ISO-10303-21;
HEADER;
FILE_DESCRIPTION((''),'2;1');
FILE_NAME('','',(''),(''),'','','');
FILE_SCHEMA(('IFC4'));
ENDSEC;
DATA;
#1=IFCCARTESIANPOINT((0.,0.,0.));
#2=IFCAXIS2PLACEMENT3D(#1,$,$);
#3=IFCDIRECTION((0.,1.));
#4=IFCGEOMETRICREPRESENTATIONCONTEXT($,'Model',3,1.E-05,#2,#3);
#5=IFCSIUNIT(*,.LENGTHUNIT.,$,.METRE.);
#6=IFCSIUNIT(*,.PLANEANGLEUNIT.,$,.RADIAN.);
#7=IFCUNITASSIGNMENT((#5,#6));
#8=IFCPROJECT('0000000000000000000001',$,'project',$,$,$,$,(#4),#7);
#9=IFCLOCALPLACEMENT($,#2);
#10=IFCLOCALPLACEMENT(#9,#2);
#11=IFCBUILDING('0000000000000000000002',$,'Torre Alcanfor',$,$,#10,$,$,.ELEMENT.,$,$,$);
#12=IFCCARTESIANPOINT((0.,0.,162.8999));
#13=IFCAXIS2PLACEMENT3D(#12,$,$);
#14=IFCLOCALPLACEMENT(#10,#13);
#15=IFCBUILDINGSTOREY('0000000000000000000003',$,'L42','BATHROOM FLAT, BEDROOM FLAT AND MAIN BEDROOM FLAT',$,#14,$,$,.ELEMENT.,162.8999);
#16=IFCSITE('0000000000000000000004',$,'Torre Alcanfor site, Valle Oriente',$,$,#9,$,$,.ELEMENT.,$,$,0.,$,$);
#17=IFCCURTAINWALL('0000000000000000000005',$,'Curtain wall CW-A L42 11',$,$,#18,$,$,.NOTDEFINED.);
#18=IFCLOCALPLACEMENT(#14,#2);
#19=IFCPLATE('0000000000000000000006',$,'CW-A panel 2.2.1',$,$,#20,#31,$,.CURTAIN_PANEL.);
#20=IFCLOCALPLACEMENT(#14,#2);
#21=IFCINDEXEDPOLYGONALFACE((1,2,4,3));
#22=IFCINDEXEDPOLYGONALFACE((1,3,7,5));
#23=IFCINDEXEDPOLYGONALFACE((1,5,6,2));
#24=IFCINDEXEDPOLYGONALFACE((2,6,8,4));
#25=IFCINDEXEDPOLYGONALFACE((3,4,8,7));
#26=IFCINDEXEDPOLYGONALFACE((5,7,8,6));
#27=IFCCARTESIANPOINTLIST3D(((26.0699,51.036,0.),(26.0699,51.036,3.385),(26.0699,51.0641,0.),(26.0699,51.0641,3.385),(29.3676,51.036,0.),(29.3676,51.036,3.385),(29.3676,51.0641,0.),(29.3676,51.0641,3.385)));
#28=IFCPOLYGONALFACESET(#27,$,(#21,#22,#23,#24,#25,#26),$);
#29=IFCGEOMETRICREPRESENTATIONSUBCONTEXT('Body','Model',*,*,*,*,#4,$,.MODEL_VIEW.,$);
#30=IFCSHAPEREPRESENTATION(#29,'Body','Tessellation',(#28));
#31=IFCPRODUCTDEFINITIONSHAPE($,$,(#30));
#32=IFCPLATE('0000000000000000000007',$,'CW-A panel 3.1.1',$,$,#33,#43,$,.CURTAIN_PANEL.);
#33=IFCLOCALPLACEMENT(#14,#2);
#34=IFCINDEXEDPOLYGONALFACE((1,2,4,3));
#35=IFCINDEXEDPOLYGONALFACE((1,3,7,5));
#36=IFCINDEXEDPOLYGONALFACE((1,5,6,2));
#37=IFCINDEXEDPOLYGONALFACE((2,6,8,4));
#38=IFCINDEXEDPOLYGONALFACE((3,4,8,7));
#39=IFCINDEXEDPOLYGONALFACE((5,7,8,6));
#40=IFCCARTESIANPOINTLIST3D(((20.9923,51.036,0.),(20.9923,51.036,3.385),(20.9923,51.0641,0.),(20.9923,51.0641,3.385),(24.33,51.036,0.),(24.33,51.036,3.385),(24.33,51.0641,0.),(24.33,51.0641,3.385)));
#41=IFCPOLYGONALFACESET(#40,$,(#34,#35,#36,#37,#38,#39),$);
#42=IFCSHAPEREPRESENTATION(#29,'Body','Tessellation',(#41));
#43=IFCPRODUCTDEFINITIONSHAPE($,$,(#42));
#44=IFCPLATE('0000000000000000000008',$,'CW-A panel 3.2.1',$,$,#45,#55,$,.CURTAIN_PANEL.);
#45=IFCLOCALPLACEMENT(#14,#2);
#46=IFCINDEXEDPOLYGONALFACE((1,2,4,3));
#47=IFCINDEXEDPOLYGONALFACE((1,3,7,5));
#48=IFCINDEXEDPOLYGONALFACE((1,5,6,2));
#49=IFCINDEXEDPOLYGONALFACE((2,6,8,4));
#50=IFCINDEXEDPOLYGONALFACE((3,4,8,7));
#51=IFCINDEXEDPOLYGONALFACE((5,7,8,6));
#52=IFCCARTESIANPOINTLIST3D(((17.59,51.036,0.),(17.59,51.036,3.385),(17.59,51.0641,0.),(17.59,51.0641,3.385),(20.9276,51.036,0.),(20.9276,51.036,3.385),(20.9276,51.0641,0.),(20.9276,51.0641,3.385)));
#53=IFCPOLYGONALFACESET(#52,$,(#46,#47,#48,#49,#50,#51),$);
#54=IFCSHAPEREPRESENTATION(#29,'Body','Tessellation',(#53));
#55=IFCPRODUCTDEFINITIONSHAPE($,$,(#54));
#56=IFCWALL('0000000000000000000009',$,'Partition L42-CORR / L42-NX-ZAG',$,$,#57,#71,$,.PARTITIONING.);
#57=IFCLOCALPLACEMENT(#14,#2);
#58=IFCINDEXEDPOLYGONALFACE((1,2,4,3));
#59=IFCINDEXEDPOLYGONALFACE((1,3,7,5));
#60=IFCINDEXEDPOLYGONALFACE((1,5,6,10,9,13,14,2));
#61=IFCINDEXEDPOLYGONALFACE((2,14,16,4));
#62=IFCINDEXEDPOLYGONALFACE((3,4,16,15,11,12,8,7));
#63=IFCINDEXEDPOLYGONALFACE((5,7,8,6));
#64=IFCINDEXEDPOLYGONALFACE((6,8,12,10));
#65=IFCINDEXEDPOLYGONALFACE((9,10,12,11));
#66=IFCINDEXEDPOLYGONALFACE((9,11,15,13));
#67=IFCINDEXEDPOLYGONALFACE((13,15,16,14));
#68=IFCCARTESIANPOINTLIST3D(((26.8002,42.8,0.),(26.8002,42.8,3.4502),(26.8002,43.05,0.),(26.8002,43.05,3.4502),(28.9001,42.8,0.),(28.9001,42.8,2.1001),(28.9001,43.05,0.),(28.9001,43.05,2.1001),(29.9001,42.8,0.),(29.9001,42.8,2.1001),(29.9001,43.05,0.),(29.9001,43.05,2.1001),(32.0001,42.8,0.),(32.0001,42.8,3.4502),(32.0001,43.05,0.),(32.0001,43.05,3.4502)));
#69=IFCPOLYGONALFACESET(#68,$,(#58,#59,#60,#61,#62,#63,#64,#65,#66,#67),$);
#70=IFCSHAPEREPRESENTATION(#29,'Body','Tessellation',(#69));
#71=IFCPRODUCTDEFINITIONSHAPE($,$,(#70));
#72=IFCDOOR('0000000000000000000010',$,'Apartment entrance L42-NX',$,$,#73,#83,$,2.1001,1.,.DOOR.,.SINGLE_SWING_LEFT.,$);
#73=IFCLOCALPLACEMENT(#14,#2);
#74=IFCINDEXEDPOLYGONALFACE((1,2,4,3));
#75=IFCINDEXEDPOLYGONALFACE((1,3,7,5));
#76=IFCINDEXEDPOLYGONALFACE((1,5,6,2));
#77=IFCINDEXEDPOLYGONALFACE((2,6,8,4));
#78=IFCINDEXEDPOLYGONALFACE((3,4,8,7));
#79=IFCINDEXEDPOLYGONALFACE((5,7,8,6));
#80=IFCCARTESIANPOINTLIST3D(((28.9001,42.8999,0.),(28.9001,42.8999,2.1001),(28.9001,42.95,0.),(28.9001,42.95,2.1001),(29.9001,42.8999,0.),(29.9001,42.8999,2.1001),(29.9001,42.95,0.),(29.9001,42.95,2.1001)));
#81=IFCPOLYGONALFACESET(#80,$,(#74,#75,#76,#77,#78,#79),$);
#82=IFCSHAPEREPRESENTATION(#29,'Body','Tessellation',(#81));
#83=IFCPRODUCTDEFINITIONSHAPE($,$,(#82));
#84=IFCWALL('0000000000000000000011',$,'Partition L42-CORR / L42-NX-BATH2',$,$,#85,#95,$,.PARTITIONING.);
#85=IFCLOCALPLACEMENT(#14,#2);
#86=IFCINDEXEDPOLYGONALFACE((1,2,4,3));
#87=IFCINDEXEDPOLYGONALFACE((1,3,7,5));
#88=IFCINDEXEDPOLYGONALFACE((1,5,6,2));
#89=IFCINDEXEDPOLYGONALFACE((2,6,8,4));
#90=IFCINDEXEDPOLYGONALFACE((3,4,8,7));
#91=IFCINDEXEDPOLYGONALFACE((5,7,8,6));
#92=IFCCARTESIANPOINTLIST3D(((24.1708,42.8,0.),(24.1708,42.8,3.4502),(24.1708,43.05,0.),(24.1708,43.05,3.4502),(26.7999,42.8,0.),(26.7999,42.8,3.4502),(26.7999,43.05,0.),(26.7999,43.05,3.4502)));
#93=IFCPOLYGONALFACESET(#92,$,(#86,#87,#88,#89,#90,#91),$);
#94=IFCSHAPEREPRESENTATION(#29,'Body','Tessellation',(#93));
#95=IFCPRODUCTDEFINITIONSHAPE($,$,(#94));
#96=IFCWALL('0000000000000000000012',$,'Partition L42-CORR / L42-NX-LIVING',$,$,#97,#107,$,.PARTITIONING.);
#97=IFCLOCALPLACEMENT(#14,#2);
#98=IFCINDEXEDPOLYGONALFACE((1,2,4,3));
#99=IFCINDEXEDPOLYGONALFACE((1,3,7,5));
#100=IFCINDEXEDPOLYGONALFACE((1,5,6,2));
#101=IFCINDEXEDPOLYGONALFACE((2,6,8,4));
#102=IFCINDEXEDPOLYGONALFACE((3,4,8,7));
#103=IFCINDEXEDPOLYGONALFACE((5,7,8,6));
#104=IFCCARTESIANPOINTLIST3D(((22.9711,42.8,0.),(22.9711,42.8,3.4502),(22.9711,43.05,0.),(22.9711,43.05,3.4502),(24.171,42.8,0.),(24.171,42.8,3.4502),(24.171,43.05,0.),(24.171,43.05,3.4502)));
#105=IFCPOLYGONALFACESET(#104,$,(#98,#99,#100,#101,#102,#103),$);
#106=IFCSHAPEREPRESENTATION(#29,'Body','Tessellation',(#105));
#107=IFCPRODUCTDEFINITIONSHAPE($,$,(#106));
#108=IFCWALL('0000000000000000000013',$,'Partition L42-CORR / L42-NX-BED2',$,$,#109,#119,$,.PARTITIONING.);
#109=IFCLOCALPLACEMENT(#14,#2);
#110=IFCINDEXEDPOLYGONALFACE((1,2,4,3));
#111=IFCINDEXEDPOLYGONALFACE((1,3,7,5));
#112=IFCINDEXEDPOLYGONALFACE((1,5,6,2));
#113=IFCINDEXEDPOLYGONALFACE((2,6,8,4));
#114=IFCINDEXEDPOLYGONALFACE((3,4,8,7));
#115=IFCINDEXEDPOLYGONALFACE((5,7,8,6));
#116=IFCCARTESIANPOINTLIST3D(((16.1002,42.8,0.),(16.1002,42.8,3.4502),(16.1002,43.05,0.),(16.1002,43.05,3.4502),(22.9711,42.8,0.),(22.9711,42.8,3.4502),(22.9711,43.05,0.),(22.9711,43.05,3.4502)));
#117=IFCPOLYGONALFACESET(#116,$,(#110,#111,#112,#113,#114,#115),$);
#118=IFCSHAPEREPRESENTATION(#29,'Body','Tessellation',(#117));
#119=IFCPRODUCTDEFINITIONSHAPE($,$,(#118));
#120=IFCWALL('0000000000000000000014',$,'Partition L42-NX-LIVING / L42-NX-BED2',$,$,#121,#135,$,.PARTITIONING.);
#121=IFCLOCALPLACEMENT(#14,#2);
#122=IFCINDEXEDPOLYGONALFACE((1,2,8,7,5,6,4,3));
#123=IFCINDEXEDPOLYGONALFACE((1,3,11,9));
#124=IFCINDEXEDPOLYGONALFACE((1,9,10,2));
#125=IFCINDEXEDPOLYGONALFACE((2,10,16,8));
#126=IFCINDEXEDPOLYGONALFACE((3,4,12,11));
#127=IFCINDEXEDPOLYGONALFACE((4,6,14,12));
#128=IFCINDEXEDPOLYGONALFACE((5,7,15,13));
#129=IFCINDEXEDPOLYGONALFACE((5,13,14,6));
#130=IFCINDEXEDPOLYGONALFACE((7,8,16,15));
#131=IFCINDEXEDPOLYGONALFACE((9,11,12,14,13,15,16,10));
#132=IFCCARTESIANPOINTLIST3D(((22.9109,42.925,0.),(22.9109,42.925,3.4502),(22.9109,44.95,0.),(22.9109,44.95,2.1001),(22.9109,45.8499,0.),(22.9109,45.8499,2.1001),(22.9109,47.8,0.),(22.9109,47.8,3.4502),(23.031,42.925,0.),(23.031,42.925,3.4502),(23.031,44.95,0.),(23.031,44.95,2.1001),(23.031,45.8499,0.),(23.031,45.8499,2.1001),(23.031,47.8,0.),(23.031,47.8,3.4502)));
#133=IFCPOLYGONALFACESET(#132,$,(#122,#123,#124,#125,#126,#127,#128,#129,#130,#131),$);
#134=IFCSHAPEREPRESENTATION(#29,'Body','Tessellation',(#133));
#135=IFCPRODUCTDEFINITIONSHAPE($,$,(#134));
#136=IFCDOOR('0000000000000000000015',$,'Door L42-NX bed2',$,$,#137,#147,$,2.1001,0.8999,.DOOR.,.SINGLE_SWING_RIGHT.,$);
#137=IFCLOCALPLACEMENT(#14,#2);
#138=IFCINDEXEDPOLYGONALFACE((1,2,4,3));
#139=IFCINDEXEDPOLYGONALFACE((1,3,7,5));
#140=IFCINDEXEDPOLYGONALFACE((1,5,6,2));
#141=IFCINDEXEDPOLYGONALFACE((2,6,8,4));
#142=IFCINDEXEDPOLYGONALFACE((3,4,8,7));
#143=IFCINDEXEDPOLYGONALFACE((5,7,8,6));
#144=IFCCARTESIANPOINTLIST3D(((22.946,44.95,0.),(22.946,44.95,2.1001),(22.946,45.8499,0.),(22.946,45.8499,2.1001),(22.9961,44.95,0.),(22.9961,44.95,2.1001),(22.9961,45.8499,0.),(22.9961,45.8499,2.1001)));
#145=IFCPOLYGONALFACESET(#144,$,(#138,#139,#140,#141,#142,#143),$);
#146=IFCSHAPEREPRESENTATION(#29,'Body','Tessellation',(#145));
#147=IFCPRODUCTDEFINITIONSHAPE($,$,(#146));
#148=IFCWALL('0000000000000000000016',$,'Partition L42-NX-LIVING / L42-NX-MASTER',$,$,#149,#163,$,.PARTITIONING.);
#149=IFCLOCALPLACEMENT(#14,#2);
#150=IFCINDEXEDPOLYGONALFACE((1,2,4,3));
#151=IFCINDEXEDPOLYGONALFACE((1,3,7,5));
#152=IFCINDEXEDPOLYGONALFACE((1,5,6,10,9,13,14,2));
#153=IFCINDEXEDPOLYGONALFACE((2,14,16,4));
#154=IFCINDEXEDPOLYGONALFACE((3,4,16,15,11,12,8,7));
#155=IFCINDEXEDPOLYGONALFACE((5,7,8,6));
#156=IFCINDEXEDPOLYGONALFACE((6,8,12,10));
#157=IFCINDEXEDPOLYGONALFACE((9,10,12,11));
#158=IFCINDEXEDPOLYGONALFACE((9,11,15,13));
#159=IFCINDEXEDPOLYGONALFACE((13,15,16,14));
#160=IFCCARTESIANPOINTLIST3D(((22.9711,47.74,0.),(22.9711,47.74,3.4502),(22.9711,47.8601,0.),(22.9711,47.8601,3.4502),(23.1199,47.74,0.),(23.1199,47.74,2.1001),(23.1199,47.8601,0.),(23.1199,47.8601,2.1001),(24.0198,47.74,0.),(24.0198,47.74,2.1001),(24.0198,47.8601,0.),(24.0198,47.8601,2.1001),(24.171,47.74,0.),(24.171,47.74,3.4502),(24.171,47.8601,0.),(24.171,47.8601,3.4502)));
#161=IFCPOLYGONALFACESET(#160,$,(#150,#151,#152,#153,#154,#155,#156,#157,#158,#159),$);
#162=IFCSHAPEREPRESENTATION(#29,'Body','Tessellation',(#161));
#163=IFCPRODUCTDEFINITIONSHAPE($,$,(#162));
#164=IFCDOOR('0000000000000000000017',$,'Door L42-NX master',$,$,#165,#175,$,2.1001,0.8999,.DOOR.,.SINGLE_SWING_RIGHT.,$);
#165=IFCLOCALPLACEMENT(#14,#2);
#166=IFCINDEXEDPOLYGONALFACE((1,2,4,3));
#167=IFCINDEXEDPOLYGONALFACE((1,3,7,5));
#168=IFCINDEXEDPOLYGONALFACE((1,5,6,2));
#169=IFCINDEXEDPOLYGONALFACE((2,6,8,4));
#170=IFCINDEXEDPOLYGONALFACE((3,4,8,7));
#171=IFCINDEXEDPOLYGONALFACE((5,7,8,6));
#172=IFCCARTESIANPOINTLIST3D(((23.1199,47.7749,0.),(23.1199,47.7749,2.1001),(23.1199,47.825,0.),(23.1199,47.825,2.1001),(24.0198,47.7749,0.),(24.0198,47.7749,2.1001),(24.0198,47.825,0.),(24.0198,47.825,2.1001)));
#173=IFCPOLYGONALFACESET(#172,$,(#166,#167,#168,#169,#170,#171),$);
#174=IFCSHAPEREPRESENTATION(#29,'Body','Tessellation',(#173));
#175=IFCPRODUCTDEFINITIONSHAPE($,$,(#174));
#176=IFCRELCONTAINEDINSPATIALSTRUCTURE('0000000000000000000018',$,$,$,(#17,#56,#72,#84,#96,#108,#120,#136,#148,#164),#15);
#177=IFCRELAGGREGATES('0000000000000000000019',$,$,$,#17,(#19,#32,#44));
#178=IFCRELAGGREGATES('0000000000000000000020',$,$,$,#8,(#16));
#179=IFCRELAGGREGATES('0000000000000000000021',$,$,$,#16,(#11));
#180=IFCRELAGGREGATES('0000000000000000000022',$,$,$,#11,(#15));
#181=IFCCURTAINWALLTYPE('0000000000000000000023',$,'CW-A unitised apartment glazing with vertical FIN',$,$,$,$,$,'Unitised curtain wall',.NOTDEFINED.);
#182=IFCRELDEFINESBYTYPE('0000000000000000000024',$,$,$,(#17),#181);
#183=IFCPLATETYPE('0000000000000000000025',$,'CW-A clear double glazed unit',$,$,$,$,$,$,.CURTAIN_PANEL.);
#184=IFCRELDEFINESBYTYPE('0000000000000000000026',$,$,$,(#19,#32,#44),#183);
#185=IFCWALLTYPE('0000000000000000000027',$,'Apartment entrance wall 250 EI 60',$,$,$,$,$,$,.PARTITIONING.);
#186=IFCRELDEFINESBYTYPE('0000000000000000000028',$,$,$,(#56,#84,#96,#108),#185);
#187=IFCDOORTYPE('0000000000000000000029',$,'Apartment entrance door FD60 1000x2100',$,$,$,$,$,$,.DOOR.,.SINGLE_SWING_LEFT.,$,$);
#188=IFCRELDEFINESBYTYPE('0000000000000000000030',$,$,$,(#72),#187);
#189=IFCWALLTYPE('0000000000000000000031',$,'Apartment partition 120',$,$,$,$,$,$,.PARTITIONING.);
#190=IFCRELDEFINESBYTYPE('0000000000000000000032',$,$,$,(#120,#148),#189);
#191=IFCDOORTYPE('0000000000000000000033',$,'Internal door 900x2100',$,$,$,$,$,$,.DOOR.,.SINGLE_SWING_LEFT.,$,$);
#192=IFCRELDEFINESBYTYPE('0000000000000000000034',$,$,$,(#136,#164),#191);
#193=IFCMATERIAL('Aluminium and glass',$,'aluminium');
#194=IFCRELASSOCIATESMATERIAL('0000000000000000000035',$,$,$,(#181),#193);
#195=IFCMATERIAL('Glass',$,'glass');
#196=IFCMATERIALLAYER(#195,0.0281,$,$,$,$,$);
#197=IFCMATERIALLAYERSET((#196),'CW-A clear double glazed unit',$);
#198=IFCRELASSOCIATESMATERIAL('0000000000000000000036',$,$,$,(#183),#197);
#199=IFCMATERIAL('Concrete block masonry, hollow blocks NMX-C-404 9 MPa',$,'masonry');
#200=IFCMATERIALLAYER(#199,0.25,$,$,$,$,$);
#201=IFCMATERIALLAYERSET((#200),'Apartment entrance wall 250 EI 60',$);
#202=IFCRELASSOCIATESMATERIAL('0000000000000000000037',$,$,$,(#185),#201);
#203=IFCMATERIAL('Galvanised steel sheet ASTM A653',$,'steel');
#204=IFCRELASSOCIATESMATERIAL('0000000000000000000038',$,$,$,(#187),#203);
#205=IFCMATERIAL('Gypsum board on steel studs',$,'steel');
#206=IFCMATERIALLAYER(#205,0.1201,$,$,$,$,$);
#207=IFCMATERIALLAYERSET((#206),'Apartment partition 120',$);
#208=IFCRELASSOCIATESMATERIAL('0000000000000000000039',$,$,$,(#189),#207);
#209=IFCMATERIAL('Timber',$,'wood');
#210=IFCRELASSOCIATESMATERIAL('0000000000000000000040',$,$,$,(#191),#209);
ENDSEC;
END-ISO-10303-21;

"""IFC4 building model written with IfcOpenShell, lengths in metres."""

from ifc_helpers import new_model, si_unit, direction, frame, frame_2d, origin, origin_2d, place, context, subcontext, project, spatial, rectangle, extrude, material, layer, layer_set, type_object, element, fill, aggregate, save


model = new_model("IFC4")

# Units and contexts
model_context = context("Model", 3, precision=1e-05, world=origin(), true_north=direction((0.0, 1.0)))
body_context = subcontext(model_context, "Body", "Model", "MODEL_VIEW")
ifc_project = project(units=[si_unit("LENGTHUNIT", "METRE"), si_unit("PLANEANGLEUNIT", "RADIAN")], contexts=[model_context])

# Site, building, storey
site_placement = place(None, origin())
site = spatial("IfcSite", under=ifc_project, at=site_placement, Name="Torre Alcanfor site, Valle Oriente", CompositionType="ELEMENT", RefElevation=0.0)
building_placement = place(site_placement, origin())
building = spatial("IfcBuilding", under=site, at=building_placement, Name="Torre Alcanfor", CompositionType="ELEMENT")
storey_placement = place(building_placement, frame((0.0, 0.0, 162.8999)))
storey = spatial("IfcBuildingStorey", under=building, at=storey_placement, Name="L42", Description="BATHROOM FLAT, BEDROOM FLAT AND MAIN BEDROOM FLAT", CompositionType="ELEMENT", Elevation=162.8999)

# Curtain wall
ifc_material_1 = material(Name="Aluminium and glass", Category="aluminium")
curtain_wall_type = type_object("IfcCurtainWallType", Name="CW-A unitised apartment glazing with vertical FIN", ElementType="Unitised curtain wall", PredefinedType="NOTDEFINED", material=ifc_material_1)
curtain_wall_placement = place(storey_placement, origin())
curtain_wall = element("IfcCurtainWall", 1, at=curtain_wall_placement, inside=storey, type_object=curtain_wall_type, Name="Curtain wall CW-A L42 11", PredefinedType="NOTDEFINED")

# Plates
ifc_material_2 = material(Name="Glass", Category="glass")
ifc_layer_1 = layer(ifc_material_2, 0.0281)
ifc_layer_set_1 = layer_set([ifc_layer_1], Name="CW-A clear double glazed unit")
plate_type = type_object("IfcPlateType", Name="CW-A clear double glazed unit", PredefinedType="CURTAIN_PANEL", material=ifc_layer_set_1)
plate_1_placement = place(storey_placement, frame((27.7188, 51.05, 0.0), z_axis=(0.0, 0.0, 1.0), x_axis=(-1.0, 0.0, 0.0)))
plate_1 = element("IfcPlate", 2, at=plate_1_placement, type_object=plate_type, Name="CW-A panel 2.2.1", PredefinedType="CURTAIN_PANEL", context=body_context, shape_type="SweptSolid", body=[
    extrude(rectangle(XDim=3.2976, YDim=0.0281, at=origin_2d()), origin(), (0.0, 0.0, 1.0), 3.385),
])
plate_2_placement = place(storey_placement, frame((22.6611, 51.05, 0.0), z_axis=(0.0, 0.0, 1.0), x_axis=(-1.0, 0.0, 0.0)))
plate_2 = element("IfcPlate", 3, at=plate_2_placement, type_object=plate_type, Name="CW-A panel 3.1.1", PredefinedType="CURTAIN_PANEL", context=body_context, shape_type="SweptSolid", body=[
    extrude(rectangle(XDim=3.3376, YDim=0.0281, at=origin_2d()), origin(), (0.0, 0.0, 1.0), 3.385),
])
plate_3_placement = place(storey_placement, frame((19.2588, 51.05, 0.0), z_axis=(0.0, 0.0, 1.0), x_axis=(-1.0, 0.0, 0.0)))
plate_3 = element("IfcPlate", 4, at=plate_3_placement, type_object=plate_type, Name="CW-A panel 3.2.1", PredefinedType="CURTAIN_PANEL", context=body_context, shape_type="SweptSolid", body=[
    extrude(rectangle(XDim=3.3376, YDim=0.0281, at=origin_2d()), origin(), (0.0, 0.0, 1.0), 3.385),
])
aggregate(curtain_wall, [plate_1, plate_2, plate_3])

# Wall, opening, door
ifc_material_3 = material(Name="Concrete block masonry, hollow blocks NMX-C-404 9 MPa", Category="masonry")
ifc_layer_2 = layer(ifc_material_3, 0.25)
ifc_layer_set_2 = layer_set([ifc_layer_2], Name="Apartment entrance wall 250 EI 60")
wall_type_1 = type_object("IfcWallType", Name="Apartment entrance wall 250 EI 60", PredefinedType="PARTITIONING", material=ifc_layer_set_2)
wall_1_placement = place(storey_placement, frame((26.8, 42.925, 0.0), z_axis=(0.0, 0.0, 1.0), x_axis=(1.0, 0.0, 0.0)))
wall_1 = element("IfcWall", 5, at=wall_1_placement, inside=storey, type_object=wall_type_1, Name="Partition L42-CORR / L42-NX-ZAG", PredefinedType="PARTITIONING", context=body_context, shape_type="SweptSolid", body=[
    extrude(rectangle(XDim=5.2, YDim=0.25, at=frame_2d((2.6001, 0.0))), origin(), (0.0, 0.0, 1.0), 3.4502),
])
opening_1_placement = place(wall_1_placement, frame((2.1001, 0.0, 0.0)))
opening_1 = element("IfcOpeningElement", 6, at=opening_1_placement, cuts=wall_1, PredefinedType="OPENING", context=body_context, shape_type="SweptSolid", body=[
    extrude(rectangle(XDim=1.0, YDim=2.1001, at=frame_2d((0.5, 1.05))), frame((0.0, 0.135, 0.0), z_axis=(0.0, -1.0, 0.0), x_axis=(1.0, 0.0, 0.0)), (0.0, 0.0, 1.0), 0.27),
])
ifc_material_4 = material(Name="Galvanised steel sheet ASTM A653", Category="steel")
door_type_1 = type_object("IfcDoorType", Name="Apartment entrance door FD60 1000x2100", OperationType="SINGLE_SWING_LEFT", PredefinedType="DOOR", material=ifc_material_4)
door_1_placement = place(opening_1_placement, origin())
door_1 = element("IfcDoor", 7, at=door_1_placement, inside=storey, type_object=door_type_1, Name="Apartment entrance L42-NX", OperationType="SINGLE_SWING_LEFT", OverallHeight=2.1001, OverallWidth=1.0, PredefinedType="DOOR", context=body_context, shape_type="SweptSolid", body=[
    extrude(rectangle(XDim=1.0, YDim=2.1001, at=frame_2d((0.5, 1.05))), frame((0.0, 0.0249, 0.0), z_axis=(0.0, -1.0, 0.0), x_axis=(1.0, 0.0, 0.0)), (0.0, 0.0, 1.0), 0.05),
])
fill(opening_1, door_1)

# Walls
wall_2_placement = place(storey_placement, frame((24.1709, 42.925, 0.0), z_axis=(0.0, 0.0, 1.0), x_axis=(1.0, 0.0, 0.0)))
element("IfcWall", 8, at=wall_2_placement, inside=storey, type_object=wall_type_1, Name="Partition L42-CORR / L42-NX-BATH2", PredefinedType="PARTITIONING", context=body_context, shape_type="SweptSolid", body=[
    extrude(rectangle(XDim=2.6292, YDim=0.25, at=frame_2d((1.3145, 0.0))), origin(), (0.0, 0.0, 1.0), 3.4502),
])
wall_3_placement = place(storey_placement, frame((22.9709, 42.925, 0.0), z_axis=(0.0, 0.0, 1.0), x_axis=(1.0, 0.0, 0.0)))
element("IfcWall", 9, at=wall_3_placement, inside=storey, type_object=wall_type_1, Name="Partition L42-CORR / L42-NX-LIVING", PredefinedType="PARTITIONING", context=body_context, shape_type="SweptSolid", body=[
    extrude(rectangle(XDim=1.2, YDim=0.25, at=frame_2d((0.6001, 0.0))), origin(), (0.0, 0.0, 1.0), 3.4502),
])
wall_4_placement = place(storey_placement, frame((16.1001, 42.925, 0.0), z_axis=(0.0, 0.0, 1.0), x_axis=(1.0, 0.0, 0.0)))
element("IfcWall", 10, at=wall_4_placement, inside=storey, type_object=wall_type_1, Name="Partition L42-CORR / L42-NX-BED2", PredefinedType="PARTITIONING", context=body_context, shape_type="SweptSolid", body=[
    extrude(rectangle(XDim=6.8708, YDim=0.25, at=frame_2d((3.4355, 0.0))), origin(), (0.0, 0.0, 1.0), 3.4502),
])

# Walls, openings, doors
ifc_material_5 = material(Name="Gypsum board on steel studs", Category="steel")
ifc_layer_3 = layer(ifc_material_5, 0.1201)
ifc_layer_set_3 = layer_set([ifc_layer_3], Name="Apartment partition 120")
wall_type_2 = type_object("IfcWallType", Name="Apartment partition 120", PredefinedType="PARTITIONING", material=ifc_layer_set_3)
wall_5_placement = place(storey_placement, frame((22.9709, 42.925, 0.0), z_axis=(0.0, 0.0, 1.0), x_axis=(0.0, 1.0, 0.0)))
wall_5 = element("IfcWall", 11, at=wall_5_placement, inside=storey, type_object=wall_type_2, Name="Partition L42-NX-LIVING / L42-NX-BED2", PredefinedType="PARTITIONING", context=body_context, shape_type="SweptSolid", body=[
    extrude(rectangle(XDim=4.875, YDim=0.1201, at=frame_2d((2.4375, 0.0))), origin(), (0.0, 0.0, 1.0), 3.4502),
])
opening_2_placement = place(wall_5_placement, frame((2.0249, 0.0, 0.0)))
opening_2 = element("IfcOpeningElement", 12, at=opening_2_placement, cuts=wall_5, PredefinedType="OPENING", context=body_context, shape_type="SweptSolid", body=[
    extrude(rectangle(XDim=0.8999, YDim=2.1001, at=frame_2d((0.45, 1.05))), frame((0.0, 0.0701, 0.0), z_axis=(0.0, -1.0, 0.0), x_axis=(1.0, 0.0, 0.0)), (0.0, 0.0, 1.0), 0.1401),
])
ifc_material_6 = material(Name="Timber", Category="wood")
door_type_2 = type_object("IfcDoorType", Name="Internal door 900x2100", OperationType="SINGLE_SWING_LEFT", PredefinedType="DOOR", material=ifc_material_6)
door_2_placement = place(opening_2_placement, origin())
door_2 = element("IfcDoor", 13, at=door_2_placement, inside=storey, type_object=door_type_2, Name="Door L42-NX bed2", OperationType="SINGLE_SWING_RIGHT", OverallHeight=2.1001, OverallWidth=0.8999, PredefinedType="DOOR", context=body_context, shape_type="SweptSolid", body=[
    extrude(rectangle(XDim=0.8999, YDim=2.1001, at=frame_2d((0.45, 1.05))), frame((0.0, 0.0249, 0.0), z_axis=(0.0, -1.0, 0.0), x_axis=(1.0, 0.0, 0.0)), (0.0, 0.0, 1.0), 0.05),
])
fill(opening_2, door_2)
wall_6_placement = place(storey_placement, frame((22.9709, 47.8, 0.0), z_axis=(0.0, 0.0, 1.0), x_axis=(1.0, 0.0, 0.0)))
wall_6 = element("IfcWall", 14, at=wall_6_placement, inside=storey, type_object=wall_type_2, Name="Partition L42-NX-LIVING / L42-NX-MASTER", PredefinedType="PARTITIONING", context=body_context, shape_type="SweptSolid", body=[
    extrude(rectangle(XDim=1.2, YDim=0.1201, at=frame_2d((0.6001, 0.0))), origin(), (0.0, 0.0, 1.0), 3.4502),
])
opening_3_placement = place(wall_6_placement, frame((0.1489, 0.0, 0.0)))
opening_3 = element("IfcOpeningElement", 15, at=opening_3_placement, cuts=wall_6, PredefinedType="OPENING", context=body_context, shape_type="SweptSolid", body=[
    extrude(rectangle(XDim=0.8999, YDim=2.1001, at=frame_2d((0.45, 1.05))), frame((0.0, 0.0701, 0.0), z_axis=(0.0, -1.0, 0.0), x_axis=(1.0, 0.0, 0.0)), (0.0, 0.0, 1.0), 0.1401),
])
door_3_placement = place(opening_3_placement, origin())
door_3 = element("IfcDoor", 16, at=door_3_placement, inside=storey, type_object=door_type_2, Name="Door L42-NX master", OperationType="SINGLE_SWING_RIGHT", OverallHeight=2.1001, OverallWidth=0.8999, PredefinedType="DOOR", context=body_context, shape_type="SweptSolid", body=[
    extrude(rectangle(XDim=0.8999, YDim=2.1001, at=frame_2d((0.45, 1.05))), frame((0.0, 0.0249, 0.0), z_axis=(0.0, -1.0, 0.0), x_axis=(1.0, 0.0, 0.0)), (0.0, 0.0, 1.0), 0.05),
])
fill(opening_3, door_3)

save(model, "model.ifc")
